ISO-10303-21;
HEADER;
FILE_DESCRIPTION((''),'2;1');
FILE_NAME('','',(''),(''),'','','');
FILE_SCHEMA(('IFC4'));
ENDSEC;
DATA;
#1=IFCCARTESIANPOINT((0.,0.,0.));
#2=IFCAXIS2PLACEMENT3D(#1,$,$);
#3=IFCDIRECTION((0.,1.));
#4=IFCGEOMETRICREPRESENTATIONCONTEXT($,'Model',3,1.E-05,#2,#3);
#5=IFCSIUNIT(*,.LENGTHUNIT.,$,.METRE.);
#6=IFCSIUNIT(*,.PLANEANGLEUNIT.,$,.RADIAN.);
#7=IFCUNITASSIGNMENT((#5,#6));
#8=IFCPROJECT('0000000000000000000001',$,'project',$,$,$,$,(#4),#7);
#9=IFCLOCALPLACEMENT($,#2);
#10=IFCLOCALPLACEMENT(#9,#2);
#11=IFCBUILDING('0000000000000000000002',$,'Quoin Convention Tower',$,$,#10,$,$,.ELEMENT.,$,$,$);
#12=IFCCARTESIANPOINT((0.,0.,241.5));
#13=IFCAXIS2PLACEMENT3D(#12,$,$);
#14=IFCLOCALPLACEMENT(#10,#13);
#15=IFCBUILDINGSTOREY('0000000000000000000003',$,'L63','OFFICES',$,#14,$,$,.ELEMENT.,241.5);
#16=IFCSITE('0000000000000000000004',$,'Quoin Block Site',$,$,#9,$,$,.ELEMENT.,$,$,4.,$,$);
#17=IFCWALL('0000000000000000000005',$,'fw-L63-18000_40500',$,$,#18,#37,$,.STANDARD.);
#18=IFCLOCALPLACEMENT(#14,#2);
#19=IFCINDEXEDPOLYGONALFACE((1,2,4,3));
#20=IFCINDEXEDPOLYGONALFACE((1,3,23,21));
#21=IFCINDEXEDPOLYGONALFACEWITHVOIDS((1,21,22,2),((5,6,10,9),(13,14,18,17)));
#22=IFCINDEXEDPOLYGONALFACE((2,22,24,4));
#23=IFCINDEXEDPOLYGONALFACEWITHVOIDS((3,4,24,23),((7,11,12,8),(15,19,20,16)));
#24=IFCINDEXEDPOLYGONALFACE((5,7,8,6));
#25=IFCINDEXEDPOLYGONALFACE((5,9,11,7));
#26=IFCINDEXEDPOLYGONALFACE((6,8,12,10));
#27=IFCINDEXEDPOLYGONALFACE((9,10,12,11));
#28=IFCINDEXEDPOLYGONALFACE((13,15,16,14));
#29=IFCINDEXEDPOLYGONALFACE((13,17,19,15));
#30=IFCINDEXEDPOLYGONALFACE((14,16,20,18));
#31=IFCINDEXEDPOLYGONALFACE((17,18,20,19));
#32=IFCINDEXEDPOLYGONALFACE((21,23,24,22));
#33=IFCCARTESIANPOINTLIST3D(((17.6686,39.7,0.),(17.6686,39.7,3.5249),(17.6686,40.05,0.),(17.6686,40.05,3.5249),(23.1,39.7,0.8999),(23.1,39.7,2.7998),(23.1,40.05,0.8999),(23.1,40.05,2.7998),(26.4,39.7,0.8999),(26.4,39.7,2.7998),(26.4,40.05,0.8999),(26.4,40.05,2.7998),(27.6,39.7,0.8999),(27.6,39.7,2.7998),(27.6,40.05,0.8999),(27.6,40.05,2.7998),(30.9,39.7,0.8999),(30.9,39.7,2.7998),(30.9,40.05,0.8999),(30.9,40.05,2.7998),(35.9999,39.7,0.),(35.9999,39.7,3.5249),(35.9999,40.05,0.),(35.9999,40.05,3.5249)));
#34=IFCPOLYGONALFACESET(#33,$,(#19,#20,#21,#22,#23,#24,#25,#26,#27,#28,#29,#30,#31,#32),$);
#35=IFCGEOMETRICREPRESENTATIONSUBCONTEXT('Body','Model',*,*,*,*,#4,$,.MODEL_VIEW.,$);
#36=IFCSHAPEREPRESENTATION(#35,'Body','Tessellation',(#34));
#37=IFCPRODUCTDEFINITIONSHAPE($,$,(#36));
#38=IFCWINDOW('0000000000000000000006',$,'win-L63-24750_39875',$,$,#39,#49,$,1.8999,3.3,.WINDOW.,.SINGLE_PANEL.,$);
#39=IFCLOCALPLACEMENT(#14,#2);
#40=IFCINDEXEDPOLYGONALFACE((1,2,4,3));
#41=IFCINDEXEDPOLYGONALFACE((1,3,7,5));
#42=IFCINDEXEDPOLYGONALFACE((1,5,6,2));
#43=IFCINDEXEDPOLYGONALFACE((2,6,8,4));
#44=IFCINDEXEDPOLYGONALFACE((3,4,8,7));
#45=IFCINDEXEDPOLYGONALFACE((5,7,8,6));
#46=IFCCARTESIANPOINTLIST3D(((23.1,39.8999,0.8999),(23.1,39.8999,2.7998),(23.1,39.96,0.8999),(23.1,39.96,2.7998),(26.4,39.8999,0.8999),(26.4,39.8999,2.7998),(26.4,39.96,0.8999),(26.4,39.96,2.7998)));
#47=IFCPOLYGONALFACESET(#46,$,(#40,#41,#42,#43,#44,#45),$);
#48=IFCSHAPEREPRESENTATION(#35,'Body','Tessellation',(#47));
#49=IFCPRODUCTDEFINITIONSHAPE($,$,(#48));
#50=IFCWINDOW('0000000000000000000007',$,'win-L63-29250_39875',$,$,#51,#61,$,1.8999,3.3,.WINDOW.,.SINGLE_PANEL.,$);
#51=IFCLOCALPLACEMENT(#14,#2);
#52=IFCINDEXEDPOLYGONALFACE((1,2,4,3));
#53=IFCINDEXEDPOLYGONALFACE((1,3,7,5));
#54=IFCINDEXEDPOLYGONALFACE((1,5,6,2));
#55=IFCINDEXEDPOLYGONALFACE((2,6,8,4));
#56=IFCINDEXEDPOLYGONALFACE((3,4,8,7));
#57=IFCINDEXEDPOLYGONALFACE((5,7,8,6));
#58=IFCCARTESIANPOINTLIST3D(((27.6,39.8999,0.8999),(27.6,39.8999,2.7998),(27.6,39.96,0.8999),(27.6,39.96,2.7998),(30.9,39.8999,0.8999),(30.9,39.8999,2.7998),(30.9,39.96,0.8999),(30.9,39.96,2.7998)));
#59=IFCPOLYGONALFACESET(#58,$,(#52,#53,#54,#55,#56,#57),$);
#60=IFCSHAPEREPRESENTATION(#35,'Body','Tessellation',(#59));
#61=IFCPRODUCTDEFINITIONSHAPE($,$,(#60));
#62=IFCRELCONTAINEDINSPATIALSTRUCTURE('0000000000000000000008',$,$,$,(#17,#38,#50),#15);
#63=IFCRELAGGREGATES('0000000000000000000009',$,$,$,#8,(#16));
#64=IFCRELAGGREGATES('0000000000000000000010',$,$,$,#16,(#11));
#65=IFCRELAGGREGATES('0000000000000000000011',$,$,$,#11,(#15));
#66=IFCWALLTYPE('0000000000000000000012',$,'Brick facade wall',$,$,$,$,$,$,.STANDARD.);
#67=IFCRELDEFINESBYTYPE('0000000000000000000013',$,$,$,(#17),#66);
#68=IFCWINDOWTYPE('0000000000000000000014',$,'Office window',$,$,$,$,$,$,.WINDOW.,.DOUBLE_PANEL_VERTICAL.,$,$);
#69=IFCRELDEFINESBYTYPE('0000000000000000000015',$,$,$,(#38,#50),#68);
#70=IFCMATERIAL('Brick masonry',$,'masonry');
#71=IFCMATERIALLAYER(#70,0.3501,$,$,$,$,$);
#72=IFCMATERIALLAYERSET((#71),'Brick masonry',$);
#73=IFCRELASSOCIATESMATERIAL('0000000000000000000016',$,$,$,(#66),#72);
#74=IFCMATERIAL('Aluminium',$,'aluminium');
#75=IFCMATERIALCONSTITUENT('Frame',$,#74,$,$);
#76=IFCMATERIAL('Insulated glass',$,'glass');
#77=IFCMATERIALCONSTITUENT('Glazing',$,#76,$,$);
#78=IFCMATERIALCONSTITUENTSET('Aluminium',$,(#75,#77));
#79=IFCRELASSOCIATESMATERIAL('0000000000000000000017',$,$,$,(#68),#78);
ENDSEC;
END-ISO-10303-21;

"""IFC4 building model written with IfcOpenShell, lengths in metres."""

from ifc_helpers import new_model, si_unit, direction, frame, frame_2d, origin, place, context, subcontext, project, spatial, rectangle, extrude, material, layer, layer_set, constituent, constituent_set, type_object, element, fill, save


model = new_model("IFC4")

# Units and contexts
model_context = context("Model", 3, precision=1e-05, world=origin(), true_north=direction((0.0, 1.0)))
body_context = subcontext(model_context, "Body", "Model", "MODEL_VIEW")
ifc_project = project(units=[si_unit("LENGTHUNIT", "METRE"), si_unit("PLANEANGLEUNIT", "RADIAN")], contexts=[model_context])

# Site, building, storey
site_placement = place(None, origin())
site = spatial("IfcSite", under=ifc_project, at=site_placement, Name="Quoin Block Site", CompositionType="ELEMENT", RefElevation=4.0)
building_placement = place(site_placement, origin())
building = spatial("IfcBuilding", under=site, at=building_placement, Name="Quoin Convention Tower", CompositionType="ELEMENT")
storey_placement = place(building_placement, frame((0.0, 0.0, 241.5)))
storey = spatial("IfcBuildingStorey", under=building, at=storey_placement, Name="L63", Description="OFFICES", CompositionType="ELEMENT", Elevation=241.5)

# Wall, openings, windows
ifc_material_1 = material(Name="Brick masonry", Category="masonry")
ifc_layer_1 = layer(ifc_material_1, 0.3501)
ifc_layer_set_1 = layer_set([ifc_layer_1], Name="Brick masonry")
wall_type = type_object("IfcWallType", Name="Brick facade wall", PredefinedType="STANDARD", material=ifc_layer_set_1)
ifc_material_2 = material(Name="Aluminium", Category="aluminium")
ifc_constituent_1 = constituent(ifc_material_2, Name="Frame")
ifc_material_3 = material(Name="Insulated glass", Category="glass")
ifc_constituent_2 = constituent(ifc_material_3, Name="Glazing")
ifc_constituent_set = constituent_set(constituents=[ifc_constituent_1, ifc_constituent_2], Name="Aluminium")
window_type = type_object("IfcWindowType", Name="Office window", PartitioningType="DOUBLE_PANEL_VERTICAL", PredefinedType="WINDOW", material=ifc_constituent_set)
wall_1_placement = place(storey_placement, frame((17.6687, 39.875, 0.0), z_axis=(0.0, 0.0, 1.0), x_axis=(1.0, 0.0, 0.0)))
wall_1 = element("IfcWall", 1, at=wall_1_placement, inside=storey, type_object=wall_type, Name="fw-L63-18000_40500", PredefinedType="STANDARD", context=body_context, shape_type="SweptSolid", body=[
    extrude(rectangle(XDim=18.3313, YDim=0.3501, at=frame_2d((9.1655, 0.0))), origin(), (0.0, 0.0, 1.0), 3.5249),
])
opening_1_placement = place(wall_1_placement, frame((5.4314, 0.0, 0.8999)))
opening_1 = element("IfcOpeningElement", 2, at=opening_1_placement, cuts=wall_1, PredefinedType="OPENING", context=body_context, shape_type="SweptSolid", body=[
    extrude(rectangle(XDim=3.3, YDim=1.8999, at=frame_2d((1.6499, 0.95))), frame((0.0, 0.1851, 0.0), z_axis=(0.0, -1.0, 0.0), x_axis=(1.0, 0.0, 0.0)), (0.0, 0.0, 1.0), 0.3701),
])
opening_2_placement = place(wall_1_placement, frame((9.9314, 0.0, 0.8999)))
opening_2 = element("IfcOpeningElement", 3, at=opening_2_placement, cuts=wall_1, PredefinedType="OPENING", context=body_context, shape_type="SweptSolid", body=[
    extrude(rectangle(XDim=3.3, YDim=1.8999, at=frame_2d((1.6499, 0.95))), frame((0.0, 0.1851, 0.0), z_axis=(0.0, -1.0, 0.0), x_axis=(1.0, 0.0, 0.0)), (0.0, 0.0, 1.0), 0.3701),
])
window_1_placement = place(opening_1_placement, origin())
window_1 = element("IfcWindow", 4, at=window_1_placement, inside=storey, type_object=window_type, Name="win-L63-24750_39875", OverallHeight=1.8999, OverallWidth=3.3, PartitioningType="SINGLE_PANEL", PredefinedType="WINDOW", context=body_context, shape_type="SweptSolid", body=[
    extrude(rectangle(XDim=3.3, YDim=1.8999, at=frame_2d((1.6499, 0.95))), frame((0.0, 0.085, 0.0), z_axis=(0.0, -1.0, 0.0), x_axis=(1.0, 0.0, 0.0)), (0.0, 0.0, 1.0), 0.0601),
])
fill(opening_1, window_1)
window_2_placement = place(opening_2_placement, origin())
window_2 = element("IfcWindow", 5, at=window_2_placement, inside=storey, type_object=window_type, Name="win-L63-29250_39875", OverallHeight=1.8999, OverallWidth=3.3, PartitioningType="SINGLE_PANEL", PredefinedType="WINDOW", context=body_context, shape_type="SweptSolid", body=[
    extrude(rectangle(XDim=3.3, YDim=1.8999, at=frame_2d((1.6499, 0.95))), frame((0.0, 0.085, 0.0), z_axis=(0.0, -1.0, 0.0), x_axis=(1.0, 0.0, 0.0)), (0.0, 0.0, 1.0), 0.0601),
])
fill(opening_2, window_2)

save(model, "model.ifc")
